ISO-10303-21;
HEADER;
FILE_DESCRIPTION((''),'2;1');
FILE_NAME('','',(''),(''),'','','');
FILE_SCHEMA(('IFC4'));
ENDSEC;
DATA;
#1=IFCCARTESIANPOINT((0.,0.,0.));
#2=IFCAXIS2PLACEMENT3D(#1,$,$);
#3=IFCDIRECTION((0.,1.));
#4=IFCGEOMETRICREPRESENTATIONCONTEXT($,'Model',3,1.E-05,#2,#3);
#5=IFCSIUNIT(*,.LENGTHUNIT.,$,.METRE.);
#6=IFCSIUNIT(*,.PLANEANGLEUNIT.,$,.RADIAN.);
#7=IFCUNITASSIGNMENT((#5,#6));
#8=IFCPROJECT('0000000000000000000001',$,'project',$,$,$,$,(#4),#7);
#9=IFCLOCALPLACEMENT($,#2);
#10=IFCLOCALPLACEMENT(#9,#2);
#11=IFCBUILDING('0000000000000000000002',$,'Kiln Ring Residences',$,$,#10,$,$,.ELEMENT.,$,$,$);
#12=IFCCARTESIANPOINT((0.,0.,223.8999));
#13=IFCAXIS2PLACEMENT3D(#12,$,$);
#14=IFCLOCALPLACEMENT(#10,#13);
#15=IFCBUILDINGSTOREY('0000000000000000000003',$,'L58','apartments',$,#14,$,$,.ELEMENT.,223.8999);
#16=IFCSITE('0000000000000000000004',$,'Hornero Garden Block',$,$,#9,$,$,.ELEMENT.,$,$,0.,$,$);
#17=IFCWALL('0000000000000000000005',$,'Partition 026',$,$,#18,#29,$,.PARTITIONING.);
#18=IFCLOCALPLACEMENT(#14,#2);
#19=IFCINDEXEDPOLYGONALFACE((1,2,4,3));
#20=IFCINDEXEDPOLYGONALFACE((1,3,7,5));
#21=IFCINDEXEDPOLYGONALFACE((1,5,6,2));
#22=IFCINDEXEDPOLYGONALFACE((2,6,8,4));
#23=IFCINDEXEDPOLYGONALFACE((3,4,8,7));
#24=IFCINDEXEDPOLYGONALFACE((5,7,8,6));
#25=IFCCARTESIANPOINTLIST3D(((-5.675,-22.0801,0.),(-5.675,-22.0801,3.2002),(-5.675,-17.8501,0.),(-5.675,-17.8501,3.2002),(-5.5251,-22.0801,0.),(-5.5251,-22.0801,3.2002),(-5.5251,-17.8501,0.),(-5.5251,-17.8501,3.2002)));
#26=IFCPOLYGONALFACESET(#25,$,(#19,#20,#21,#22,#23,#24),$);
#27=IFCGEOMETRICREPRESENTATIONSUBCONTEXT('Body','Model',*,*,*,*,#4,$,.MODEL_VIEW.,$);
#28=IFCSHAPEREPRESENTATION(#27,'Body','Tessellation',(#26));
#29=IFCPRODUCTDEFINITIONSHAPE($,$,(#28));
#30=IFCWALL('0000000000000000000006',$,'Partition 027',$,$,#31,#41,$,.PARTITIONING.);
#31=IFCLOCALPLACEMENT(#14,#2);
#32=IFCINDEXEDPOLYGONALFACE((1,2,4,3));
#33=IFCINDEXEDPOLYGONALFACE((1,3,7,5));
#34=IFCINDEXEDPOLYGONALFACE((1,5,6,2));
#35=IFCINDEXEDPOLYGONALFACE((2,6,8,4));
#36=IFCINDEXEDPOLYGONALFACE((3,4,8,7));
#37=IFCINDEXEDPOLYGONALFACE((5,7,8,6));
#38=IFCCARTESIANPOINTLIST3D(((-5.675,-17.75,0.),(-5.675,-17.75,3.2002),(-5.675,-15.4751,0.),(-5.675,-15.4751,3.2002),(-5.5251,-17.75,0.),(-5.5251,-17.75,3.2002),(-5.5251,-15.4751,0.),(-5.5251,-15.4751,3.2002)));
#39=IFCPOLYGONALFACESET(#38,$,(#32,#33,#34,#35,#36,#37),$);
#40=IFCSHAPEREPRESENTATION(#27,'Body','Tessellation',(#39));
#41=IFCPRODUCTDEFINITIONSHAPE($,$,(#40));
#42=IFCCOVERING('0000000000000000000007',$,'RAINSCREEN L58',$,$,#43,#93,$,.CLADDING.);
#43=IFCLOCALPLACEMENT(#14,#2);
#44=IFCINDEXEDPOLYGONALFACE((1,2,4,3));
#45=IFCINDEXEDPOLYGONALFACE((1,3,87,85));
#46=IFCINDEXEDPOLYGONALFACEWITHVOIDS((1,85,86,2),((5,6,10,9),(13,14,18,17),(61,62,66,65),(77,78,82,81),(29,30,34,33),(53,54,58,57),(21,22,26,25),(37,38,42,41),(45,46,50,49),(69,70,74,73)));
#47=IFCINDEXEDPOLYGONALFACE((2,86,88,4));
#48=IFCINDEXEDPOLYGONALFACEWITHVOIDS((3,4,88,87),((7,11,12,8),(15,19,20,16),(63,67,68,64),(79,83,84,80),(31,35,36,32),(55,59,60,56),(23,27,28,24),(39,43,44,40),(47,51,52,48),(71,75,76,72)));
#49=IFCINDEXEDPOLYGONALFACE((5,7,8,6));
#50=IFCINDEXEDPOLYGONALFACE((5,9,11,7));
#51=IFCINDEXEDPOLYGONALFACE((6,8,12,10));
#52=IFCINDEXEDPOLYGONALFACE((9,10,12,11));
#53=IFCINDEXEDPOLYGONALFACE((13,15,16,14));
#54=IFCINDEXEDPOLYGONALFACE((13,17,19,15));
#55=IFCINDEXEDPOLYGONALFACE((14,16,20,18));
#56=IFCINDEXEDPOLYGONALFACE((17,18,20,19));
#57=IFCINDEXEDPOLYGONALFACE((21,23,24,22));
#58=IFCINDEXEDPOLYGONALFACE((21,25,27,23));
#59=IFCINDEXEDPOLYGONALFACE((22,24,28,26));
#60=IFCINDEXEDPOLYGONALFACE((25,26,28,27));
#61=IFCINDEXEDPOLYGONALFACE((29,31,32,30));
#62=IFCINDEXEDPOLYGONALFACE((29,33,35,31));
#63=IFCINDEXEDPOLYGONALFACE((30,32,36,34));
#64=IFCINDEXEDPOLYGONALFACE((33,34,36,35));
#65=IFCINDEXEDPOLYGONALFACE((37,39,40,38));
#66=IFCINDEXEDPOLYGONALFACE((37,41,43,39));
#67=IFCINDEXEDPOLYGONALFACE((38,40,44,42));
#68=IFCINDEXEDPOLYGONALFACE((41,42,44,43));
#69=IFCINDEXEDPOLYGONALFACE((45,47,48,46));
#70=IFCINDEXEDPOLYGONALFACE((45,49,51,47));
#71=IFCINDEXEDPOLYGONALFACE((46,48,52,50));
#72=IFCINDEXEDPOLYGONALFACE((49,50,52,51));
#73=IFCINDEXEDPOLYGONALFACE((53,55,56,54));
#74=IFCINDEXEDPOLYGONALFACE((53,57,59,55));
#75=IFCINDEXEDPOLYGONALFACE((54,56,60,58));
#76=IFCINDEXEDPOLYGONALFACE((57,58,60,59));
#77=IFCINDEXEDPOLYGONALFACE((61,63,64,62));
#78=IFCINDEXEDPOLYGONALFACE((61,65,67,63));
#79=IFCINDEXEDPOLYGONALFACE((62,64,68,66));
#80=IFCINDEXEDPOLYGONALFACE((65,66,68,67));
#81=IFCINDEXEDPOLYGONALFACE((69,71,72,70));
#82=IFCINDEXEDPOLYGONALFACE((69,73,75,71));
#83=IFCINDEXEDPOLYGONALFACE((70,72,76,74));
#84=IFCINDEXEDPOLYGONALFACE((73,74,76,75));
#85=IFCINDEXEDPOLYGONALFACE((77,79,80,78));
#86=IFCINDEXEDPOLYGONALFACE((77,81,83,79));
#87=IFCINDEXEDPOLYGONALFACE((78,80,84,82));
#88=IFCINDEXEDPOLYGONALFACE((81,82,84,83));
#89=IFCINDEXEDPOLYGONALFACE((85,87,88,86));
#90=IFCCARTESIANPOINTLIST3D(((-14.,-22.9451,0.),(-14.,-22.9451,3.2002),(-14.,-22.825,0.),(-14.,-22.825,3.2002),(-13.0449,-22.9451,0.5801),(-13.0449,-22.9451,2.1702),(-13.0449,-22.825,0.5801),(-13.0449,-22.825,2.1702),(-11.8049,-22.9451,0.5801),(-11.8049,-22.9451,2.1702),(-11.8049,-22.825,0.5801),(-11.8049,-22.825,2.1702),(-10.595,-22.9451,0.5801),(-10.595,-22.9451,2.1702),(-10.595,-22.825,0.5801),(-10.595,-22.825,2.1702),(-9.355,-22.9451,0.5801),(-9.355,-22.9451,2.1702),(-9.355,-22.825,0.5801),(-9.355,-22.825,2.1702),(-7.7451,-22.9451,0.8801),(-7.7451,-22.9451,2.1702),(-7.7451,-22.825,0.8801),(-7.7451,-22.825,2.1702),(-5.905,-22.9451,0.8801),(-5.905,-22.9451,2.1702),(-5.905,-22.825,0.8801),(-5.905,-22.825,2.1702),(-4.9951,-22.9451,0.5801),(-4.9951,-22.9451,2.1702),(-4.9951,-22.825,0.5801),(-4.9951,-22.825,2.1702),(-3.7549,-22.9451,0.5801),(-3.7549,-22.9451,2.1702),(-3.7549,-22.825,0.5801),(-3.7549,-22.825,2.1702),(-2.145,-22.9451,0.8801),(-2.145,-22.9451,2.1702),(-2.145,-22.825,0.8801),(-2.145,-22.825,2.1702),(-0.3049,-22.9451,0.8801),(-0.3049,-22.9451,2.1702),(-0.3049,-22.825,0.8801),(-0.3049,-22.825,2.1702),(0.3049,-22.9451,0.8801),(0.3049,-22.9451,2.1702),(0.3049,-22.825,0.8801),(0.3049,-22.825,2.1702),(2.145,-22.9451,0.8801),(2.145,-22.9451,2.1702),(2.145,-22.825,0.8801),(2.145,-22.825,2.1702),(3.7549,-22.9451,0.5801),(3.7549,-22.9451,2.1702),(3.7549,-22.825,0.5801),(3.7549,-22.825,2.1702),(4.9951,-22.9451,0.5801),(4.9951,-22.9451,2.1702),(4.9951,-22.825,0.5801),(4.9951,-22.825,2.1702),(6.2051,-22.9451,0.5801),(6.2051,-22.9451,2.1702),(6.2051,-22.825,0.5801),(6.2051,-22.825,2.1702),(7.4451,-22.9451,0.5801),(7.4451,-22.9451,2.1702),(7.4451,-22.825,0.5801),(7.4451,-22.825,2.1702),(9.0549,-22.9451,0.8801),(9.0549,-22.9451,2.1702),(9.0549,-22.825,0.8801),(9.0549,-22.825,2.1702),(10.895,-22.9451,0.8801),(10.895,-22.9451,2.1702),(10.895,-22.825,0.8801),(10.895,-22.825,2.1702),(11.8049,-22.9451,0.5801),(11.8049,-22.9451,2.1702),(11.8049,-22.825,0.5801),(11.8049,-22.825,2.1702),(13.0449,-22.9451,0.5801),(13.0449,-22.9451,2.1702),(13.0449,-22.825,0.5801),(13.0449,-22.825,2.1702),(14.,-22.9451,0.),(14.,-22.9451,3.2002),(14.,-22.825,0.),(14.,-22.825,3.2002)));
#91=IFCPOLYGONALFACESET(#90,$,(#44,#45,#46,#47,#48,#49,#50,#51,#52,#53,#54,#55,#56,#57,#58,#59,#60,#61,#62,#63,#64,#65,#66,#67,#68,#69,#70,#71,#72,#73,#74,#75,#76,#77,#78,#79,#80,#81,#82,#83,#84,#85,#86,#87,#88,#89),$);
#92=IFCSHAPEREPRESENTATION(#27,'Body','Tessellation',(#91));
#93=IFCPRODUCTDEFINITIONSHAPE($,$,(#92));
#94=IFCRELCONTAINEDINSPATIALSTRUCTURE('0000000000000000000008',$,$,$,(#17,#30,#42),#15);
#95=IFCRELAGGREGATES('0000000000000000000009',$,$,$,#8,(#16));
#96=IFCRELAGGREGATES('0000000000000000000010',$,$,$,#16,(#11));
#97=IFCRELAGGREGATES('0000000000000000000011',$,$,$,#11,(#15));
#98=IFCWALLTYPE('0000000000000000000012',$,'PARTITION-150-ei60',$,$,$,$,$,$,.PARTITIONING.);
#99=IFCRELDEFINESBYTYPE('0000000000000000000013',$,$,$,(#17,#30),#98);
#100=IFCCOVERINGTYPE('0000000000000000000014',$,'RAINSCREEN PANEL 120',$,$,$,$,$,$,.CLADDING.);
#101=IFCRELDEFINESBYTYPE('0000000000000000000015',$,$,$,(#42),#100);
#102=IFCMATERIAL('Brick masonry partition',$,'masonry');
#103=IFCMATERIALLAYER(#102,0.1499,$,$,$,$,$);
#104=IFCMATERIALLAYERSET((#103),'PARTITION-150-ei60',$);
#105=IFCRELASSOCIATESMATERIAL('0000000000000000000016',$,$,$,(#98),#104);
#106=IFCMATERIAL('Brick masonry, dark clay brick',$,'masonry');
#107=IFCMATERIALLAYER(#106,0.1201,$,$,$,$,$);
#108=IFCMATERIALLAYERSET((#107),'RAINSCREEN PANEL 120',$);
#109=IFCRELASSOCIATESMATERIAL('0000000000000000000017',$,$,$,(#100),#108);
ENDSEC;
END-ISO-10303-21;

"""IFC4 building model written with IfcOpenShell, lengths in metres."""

from ifc_helpers import new_model, si_unit, direction, frame, frame_2d, origin, place, context, subcontext, project, spatial, polyline, rectangle, outline, extrude, material, layer, layer_set, type_object, element, save


model = new_model("IFC4")

# Units and contexts
model_context = context("Model", 3, precision=1e-05, world=origin(), true_north=direction((0.0, 1.0)))
body_context = subcontext(model_context, "Body", "Model", "MODEL_VIEW")
ifc_project = project(units=[si_unit("LENGTHUNIT", "METRE"), si_unit("PLANEANGLEUNIT", "RADIAN")], contexts=[model_context])

# Site, building, storey
site_placement = place(None, origin())
site = spatial("IfcSite", under=ifc_project, at=site_placement, Name="Hornero Garden Block", CompositionType="ELEMENT", RefElevation=0.0)
building_placement = place(site_placement, origin())
building = spatial("IfcBuilding", under=site, at=building_placement, Name="Kiln Ring Residences", CompositionType="ELEMENT")
storey_placement = place(building_placement, frame((0.0, 0.0, 223.8999)))
storey = spatial("IfcBuildingStorey", under=building, at=storey_placement, Name="L58", Description="apartments", CompositionType="ELEMENT", Elevation=223.8999)

# Walls
ifc_material_1 = material(Name="Brick masonry partition", Category="masonry")
ifc_layer_1 = layer(ifc_material_1, 0.1499)
ifc_layer_set_1 = layer_set([ifc_layer_1], Name="PARTITION-150-ei60")
wall_type_1 = type_object("IfcWallType", Name="PARTITION-150-ei60", PredefinedType="PARTITIONING", material=ifc_layer_set_1)
wall_1_placement = place(storey_placement, frame((-5.6001, -22.0801, 0.0), z_axis=(0.0, 0.0, 1.0), x_axis=(0.0, 1.0, 0.0)))
element("IfcWall", 1, at=wall_1_placement, inside=storey, type_object=wall_type_1, Name="Partition 026", PredefinedType="PARTITIONING", context=body_context, shape_type="SweptSolid", body=[
    extrude(rectangle(XDim=4.23, YDim=0.1499, at=frame_2d((2.115, 0.0))), origin(), (0.0, 0.0, 1.0), 3.2002),
])
wall_2_placement = place(storey_placement, frame((-5.6001, -17.75, 0.0), z_axis=(0.0, 0.0, 1.0), x_axis=(0.0, 1.0, 0.0)))
element("IfcWall", 2, at=wall_2_placement, inside=storey, type_object=wall_type_1, Name="Partition 027", PredefinedType="PARTITIONING", context=body_context, shape_type="SweptSolid", body=[
    extrude(rectangle(XDim=2.2749, YDim=0.1499, at=frame_2d((1.1375, 0.0))), origin(), (0.0, 0.0, 1.0), 3.2002),
])

# Covering
ifc_material_2 = material(Name="Brick masonry, dark clay brick", Category="masonry")
ifc_layer_2 = layer(ifc_material_2, 0.1201)
ifc_layer_set_2 = layer_set([ifc_layer_2], Name="RAINSCREEN PANEL 120")
covering_type = type_object("IfcCoveringType", Name="RAINSCREEN PANEL 120", PredefinedType="CLADDING", material=ifc_layer_set_2)
covering_placement = place(storey_placement, frame((-14.0, -22.885, 0.0), z_axis=(0.0, 0.0, 1.0), x_axis=(1.0, 0.0, 0.0)))
element("IfcCovering", 3, at=covering_placement, inside=storey, type_object=covering_type, Name="RAINSCREEN L58", PredefinedType="CLADDING", context=body_context, shape_type="SweptSolid", body=[
    extrude(outline(polyline([(0.0, 0.0), (28.0, 0.0), (28.0, 3.2002), (0.0, 3.2002), (0.0, 0.0)]), holes=[polyline([(0.9551, 0.5801), (2.1951, 0.5801), (2.1951, 2.1702), (0.9551, 2.1702), (0.9551, 0.5801)]), polyline([(3.405, 0.5801), (4.645, 0.5801), (4.645, 2.1702), (3.405, 2.1702), (3.405, 0.5801)]), polyline([(9.0049, 0.5801), (10.2451, 0.5801), (10.2451, 2.1702), (9.0049, 2.1702), (9.0049, 0.5801)]), polyline([(17.7549, 2.1702), (17.7549, 0.5801), (18.9951, 0.5801), (18.9951, 2.1702), (17.7549, 2.1702)]), polyline([(20.2051, 2.1702), (20.2051, 0.5801), (21.4451, 0.5801), (21.4451, 2.1702), (20.2051, 2.1702)]), polyline([(25.8049, 0.5801), (27.0449, 0.5801), (27.0449, 2.1702), (25.8049, 2.1702), (25.8049, 0.5801)]), polyline([(6.2549, 0.8801), (8.095, 0.8801), (8.095, 2.1702), (6.2549, 2.1702), (6.2549, 0.8801)]), polyline([(11.855, 0.8801), (13.6951, 0.8801), (13.6951, 2.1702), (11.855, 2.1702), (11.855, 0.8801)]), polyline([(14.3049, 2.1702), (14.3049, 0.8801), (16.145, 0.8801), (16.145, 2.1702), (14.3049, 2.1702)]), polyline([(23.0549, 2.1702), (23.0549, 0.8801), (24.895, 0.8801), (24.895, 2.1702), (23.0549, 2.1702)])]), frame((0.0, 0.0601, 0.0), z_axis=(0.0, -1.0, 0.0), x_axis=(1.0, 0.0, 0.0)), (0.0, 0.0, 1.0), 0.1201),
])

save(model, "model.ifc")
